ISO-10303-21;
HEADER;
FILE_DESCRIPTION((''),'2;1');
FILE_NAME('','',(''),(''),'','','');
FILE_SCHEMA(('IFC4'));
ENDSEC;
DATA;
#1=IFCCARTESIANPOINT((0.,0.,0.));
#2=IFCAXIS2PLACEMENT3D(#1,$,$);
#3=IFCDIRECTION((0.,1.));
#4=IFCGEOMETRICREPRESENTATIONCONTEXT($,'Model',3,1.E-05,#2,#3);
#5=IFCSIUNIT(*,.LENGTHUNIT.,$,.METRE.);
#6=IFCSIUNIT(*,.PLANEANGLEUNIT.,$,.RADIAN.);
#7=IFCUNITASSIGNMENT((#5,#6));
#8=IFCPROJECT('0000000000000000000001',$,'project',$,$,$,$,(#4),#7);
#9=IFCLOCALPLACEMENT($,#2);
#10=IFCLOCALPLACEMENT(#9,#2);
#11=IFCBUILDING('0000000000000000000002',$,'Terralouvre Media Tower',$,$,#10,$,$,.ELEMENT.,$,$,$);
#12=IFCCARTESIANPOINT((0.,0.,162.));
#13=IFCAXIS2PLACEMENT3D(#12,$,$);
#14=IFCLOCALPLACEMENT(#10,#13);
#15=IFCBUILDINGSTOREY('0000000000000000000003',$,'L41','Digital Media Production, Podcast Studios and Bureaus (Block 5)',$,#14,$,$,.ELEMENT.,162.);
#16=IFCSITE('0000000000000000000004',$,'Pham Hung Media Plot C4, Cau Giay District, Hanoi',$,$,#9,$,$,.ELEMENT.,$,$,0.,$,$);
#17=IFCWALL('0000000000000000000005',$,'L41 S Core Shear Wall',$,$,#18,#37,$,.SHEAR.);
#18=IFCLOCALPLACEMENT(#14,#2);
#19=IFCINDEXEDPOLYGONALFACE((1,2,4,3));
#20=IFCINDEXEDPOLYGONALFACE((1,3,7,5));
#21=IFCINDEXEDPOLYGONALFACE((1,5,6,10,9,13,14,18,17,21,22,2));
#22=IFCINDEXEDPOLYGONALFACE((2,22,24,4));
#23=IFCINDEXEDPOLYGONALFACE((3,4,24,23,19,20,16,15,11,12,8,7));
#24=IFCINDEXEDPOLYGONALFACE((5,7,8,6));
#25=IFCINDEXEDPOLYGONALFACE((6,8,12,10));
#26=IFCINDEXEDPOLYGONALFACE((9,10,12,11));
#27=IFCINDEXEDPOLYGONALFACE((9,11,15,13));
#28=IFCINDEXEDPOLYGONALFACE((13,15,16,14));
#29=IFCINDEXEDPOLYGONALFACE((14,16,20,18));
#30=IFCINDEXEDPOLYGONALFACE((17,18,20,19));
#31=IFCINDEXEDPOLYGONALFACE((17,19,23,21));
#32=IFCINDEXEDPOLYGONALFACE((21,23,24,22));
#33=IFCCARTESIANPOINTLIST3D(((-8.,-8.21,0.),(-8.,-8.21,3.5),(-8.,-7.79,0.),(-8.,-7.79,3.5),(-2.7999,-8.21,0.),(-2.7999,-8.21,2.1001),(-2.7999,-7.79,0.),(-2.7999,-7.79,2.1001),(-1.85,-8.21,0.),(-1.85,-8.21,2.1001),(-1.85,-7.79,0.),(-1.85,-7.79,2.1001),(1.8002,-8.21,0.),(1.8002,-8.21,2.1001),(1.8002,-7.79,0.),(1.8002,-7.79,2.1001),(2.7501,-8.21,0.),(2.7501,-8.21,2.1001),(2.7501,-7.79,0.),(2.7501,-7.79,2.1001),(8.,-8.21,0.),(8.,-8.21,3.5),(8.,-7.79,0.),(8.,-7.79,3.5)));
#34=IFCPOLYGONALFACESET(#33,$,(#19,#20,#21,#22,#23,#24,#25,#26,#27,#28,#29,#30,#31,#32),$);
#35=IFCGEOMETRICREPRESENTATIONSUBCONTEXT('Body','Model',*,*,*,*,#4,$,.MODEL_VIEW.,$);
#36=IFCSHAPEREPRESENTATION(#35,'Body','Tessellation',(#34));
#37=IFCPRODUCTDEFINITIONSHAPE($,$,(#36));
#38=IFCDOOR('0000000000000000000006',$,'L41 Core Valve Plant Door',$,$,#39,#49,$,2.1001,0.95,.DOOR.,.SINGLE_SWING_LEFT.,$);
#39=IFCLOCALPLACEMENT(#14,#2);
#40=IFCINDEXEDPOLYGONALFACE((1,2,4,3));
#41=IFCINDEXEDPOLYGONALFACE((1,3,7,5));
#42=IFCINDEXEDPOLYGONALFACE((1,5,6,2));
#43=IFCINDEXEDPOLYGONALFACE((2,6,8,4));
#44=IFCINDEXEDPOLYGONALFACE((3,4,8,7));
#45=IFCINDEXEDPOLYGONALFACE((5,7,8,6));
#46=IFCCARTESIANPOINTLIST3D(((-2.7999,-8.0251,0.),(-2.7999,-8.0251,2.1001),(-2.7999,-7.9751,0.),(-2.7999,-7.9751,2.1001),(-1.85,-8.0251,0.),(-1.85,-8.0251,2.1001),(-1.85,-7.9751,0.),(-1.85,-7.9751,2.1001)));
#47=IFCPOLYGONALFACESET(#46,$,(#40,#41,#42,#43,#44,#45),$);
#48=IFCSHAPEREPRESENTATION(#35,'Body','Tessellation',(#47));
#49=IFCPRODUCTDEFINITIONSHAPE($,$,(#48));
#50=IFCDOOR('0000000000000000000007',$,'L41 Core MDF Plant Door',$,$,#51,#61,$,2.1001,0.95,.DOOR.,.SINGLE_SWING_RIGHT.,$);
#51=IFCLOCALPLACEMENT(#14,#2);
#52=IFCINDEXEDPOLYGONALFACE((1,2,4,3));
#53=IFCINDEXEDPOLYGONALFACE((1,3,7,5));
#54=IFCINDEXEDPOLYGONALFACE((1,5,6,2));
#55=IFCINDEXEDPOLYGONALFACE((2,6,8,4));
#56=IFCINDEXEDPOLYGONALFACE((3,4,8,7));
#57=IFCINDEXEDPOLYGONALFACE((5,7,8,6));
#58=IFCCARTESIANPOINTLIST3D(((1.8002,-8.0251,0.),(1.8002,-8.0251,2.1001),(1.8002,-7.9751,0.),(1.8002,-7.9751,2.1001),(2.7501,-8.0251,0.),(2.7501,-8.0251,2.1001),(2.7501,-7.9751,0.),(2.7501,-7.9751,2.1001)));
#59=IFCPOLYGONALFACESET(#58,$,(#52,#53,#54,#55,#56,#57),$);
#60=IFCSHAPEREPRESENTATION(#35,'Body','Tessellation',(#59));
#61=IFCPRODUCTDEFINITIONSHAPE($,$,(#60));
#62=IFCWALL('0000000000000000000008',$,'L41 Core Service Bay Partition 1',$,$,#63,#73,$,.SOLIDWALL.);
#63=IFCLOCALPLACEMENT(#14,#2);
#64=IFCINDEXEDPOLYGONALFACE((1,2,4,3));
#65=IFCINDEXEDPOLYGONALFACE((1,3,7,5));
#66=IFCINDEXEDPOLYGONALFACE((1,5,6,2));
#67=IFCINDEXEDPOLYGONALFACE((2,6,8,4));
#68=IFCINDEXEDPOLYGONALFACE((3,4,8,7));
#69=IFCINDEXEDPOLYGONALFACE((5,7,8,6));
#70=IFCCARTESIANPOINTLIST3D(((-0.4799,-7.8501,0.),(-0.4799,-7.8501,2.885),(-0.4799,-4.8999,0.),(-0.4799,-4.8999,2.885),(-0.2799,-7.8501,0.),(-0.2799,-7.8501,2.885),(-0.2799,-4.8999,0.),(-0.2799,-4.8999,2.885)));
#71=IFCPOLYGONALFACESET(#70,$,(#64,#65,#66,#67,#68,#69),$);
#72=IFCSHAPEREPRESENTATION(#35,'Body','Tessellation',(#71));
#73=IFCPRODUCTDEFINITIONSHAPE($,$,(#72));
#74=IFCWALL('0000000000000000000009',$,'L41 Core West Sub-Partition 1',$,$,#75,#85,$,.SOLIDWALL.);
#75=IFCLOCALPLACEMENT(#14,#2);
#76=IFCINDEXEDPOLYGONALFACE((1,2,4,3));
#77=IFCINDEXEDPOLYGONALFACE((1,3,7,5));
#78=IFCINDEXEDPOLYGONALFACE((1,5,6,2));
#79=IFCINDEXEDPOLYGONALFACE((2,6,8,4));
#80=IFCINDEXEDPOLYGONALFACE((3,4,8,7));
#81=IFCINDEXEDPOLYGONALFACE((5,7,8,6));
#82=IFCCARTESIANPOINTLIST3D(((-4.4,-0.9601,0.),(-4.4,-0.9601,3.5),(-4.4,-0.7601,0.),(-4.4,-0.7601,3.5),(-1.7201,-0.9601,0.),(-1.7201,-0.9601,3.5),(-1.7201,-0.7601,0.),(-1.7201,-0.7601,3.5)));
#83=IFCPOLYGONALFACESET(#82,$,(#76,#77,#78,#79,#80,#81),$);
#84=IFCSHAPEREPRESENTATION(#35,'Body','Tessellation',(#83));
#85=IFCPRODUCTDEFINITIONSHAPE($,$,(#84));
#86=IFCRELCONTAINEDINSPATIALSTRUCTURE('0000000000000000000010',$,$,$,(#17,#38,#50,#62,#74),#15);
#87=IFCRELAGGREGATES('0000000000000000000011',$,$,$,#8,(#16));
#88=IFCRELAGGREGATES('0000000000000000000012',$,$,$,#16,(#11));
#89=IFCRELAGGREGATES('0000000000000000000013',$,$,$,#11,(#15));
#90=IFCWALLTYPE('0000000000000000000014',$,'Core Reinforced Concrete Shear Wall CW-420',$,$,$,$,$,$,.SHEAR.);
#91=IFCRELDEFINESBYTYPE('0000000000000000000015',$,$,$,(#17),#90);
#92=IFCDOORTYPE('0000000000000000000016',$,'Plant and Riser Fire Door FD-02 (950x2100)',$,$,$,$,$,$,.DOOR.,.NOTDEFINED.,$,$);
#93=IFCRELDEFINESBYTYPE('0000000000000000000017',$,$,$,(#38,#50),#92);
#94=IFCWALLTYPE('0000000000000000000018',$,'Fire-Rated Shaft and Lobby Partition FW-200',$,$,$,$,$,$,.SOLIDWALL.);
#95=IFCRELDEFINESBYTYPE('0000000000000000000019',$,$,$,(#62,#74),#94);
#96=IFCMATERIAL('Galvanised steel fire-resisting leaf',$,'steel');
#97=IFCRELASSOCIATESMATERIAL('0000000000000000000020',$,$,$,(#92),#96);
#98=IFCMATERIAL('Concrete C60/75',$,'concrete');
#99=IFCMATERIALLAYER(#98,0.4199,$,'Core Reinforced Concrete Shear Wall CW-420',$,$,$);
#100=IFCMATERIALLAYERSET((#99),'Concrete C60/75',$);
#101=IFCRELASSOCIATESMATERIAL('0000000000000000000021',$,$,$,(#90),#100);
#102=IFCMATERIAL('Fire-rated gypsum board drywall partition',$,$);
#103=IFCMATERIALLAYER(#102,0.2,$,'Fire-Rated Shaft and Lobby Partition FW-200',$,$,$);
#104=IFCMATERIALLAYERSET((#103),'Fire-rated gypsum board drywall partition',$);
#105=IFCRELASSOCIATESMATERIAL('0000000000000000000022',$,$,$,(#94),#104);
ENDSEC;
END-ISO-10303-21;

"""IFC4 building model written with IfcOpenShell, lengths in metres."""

from ifc_helpers import new_model, si_unit, direction, frame, frame_2d, origin, place, context, subcontext, project, spatial, rectangle, extrude, material, layer, layer_set, type_object, element, fill, save


model = new_model("IFC4")

# Units and contexts
model_context = context("Model", 3, precision=1e-05, world=origin(), true_north=direction((0.0, 1.0)))
body_context = subcontext(model_context, "Body", "Model", "MODEL_VIEW")
ifc_project = project(units=[si_unit("LENGTHUNIT", "METRE"), si_unit("PLANEANGLEUNIT", "RADIAN")], contexts=[model_context])

# Site, building, storey
site_placement = place(None, origin())
site = spatial("IfcSite", under=ifc_project, at=site_placement, Name="Pham Hung Media Plot C4, Cau Giay District, Hanoi", CompositionType="ELEMENT", RefElevation=0.0)
building_placement = place(site_placement, origin())
building = spatial("IfcBuilding", under=site, at=building_placement, Name="Terralouvre Media Tower", CompositionType="ELEMENT")
storey_placement = place(building_placement, frame((0.0, 0.0, 162.0)))
storey = spatial("IfcBuildingStorey", under=building, at=storey_placement, Name="L41", Description="Digital Media Production, Podcast Studios and Bureaus (Block 5)", CompositionType="ELEMENT", Elevation=162.0)

# Wall, openings, doors
ifc_material_1 = material(Name="Galvanised steel fire-resisting leaf", Category="steel")
door_type_1 = type_object("IfcDoorType", Name="Plant and Riser Fire Door FD-02 (950x2100)", OperationType="NOTDEFINED", PredefinedType="DOOR", material=ifc_material_1)
ifc_material_2 = material(Name="Concrete C60/75", Category="concrete")
ifc_layer_1 = layer(ifc_material_2, 0.4199, Name="Core Reinforced Concrete Shear Wall CW-420")
ifc_layer_set_1 = layer_set([ifc_layer_1], Name="Concrete C60/75")
wall_type_1 = type_object("IfcWallType", Name="Core Reinforced Concrete Shear Wall CW-420", PredefinedType="SHEAR", material=ifc_layer_set_1)
wall_1_placement = place(storey_placement, frame((-8.0, -8.0, 0.0), z_axis=(0.0, 0.0, 1.0), x_axis=(1.0, 0.0, 0.0)))
wall_1 = element("IfcWall", 1, at=wall_1_placement, inside=storey, type_object=wall_type_1, Name="L41 S Core Shear Wall", PredefinedType="SHEAR", context=body_context, shape_type="SweptSolid", body=[
    extrude(rectangle(XDim=16.0, YDim=0.4199, at=frame_2d((8.0, 0.0))), origin(), (0.0, 0.0, 1.0), 3.5),
])
opening_1_placement = place(wall_1_placement, frame((5.2, 0.0, 0.0)))
opening_1 = element("IfcOpeningElement", 2, at=opening_1_placement, cuts=wall_1, PredefinedType="OPENING", context=body_context, shape_type="SweptSolid", body=[
    extrude(rectangle(XDim=0.95, YDim=2.1001, at=frame_2d((0.4751, 1.05))), frame((0.0, 0.22, 0.0), z_axis=(0.0, -1.0, 0.0), x_axis=(1.0, 0.0, 0.0)), (0.0, 0.0, 1.0), 0.4399),
])
opening_2_placement = place(wall_1_placement, frame((9.8, 0.0, 0.0)))
opening_2 = element("IfcOpeningElement", 3, at=opening_2_placement, cuts=wall_1, PredefinedType="OPENING", context=body_context, shape_type="SweptSolid", body=[
    extrude(rectangle(XDim=0.95, YDim=2.1001, at=frame_2d((0.4751, 1.05))), frame((0.0, 0.22, 0.0), z_axis=(0.0, -1.0, 0.0), x_axis=(1.0, 0.0, 0.0)), (0.0, 0.0, 1.0), 0.4399),
])
door_1_placement = place(opening_1_placement, origin())
door_1 = element("IfcDoor", 4, at=door_1_placement, inside=storey, type_object=door_type_1, Name="L41 Core Valve Plant Door", OperationType="SINGLE_SWING_LEFT", OverallHeight=2.1001, OverallWidth=0.95, PredefinedType="DOOR", context=body_context, shape_type="SweptSolid", body=[
    extrude(rectangle(XDim=0.95, YDim=2.1001, at=frame_2d((0.4751, 1.05))), frame((0.0, 0.0249, 0.0), z_axis=(0.0, -1.0, 0.0), x_axis=(1.0, 0.0, 0.0)), (0.0, 0.0, 1.0), 0.05),
])
fill(opening_1, door_1)
door_2_placement = place(opening_2_placement, origin())
door_2 = element("IfcDoor", 5, at=door_2_placement, inside=storey, type_object=door_type_1, Name="L41 Core MDF Plant Door", OperationType="SINGLE_SWING_RIGHT", OverallHeight=2.1001, OverallWidth=0.95, PredefinedType="DOOR", context=body_context, shape_type="SweptSolid", body=[
    extrude(rectangle(XDim=0.95, YDim=2.1001, at=frame_2d((0.4751, 1.05))), frame((0.0, 0.0249, 0.0), z_axis=(0.0, -1.0, 0.0), x_axis=(1.0, 0.0, 0.0)), (0.0, 0.0, 1.0), 0.05),
])
fill(opening_2, door_2)

# Walls
ifc_material_3 = material(Name="Fire-rated gypsum board drywall partition")
ifc_layer_2 = layer(ifc_material_3, 0.2, Name="Fire-Rated Shaft and Lobby Partition FW-200")
ifc_layer_set_2 = layer_set([ifc_layer_2], Name="Fire-rated gypsum board drywall partition")
wall_type_2 = type_object("IfcWallType", Name="Fire-Rated Shaft and Lobby Partition FW-200", PredefinedType="SOLIDWALL", material=ifc_layer_set_2)
wall_2_placement = place(storey_placement, frame((-0.3799, -7.8501, 0.0), z_axis=(0.0, 0.0, 1.0), x_axis=(0.0, 1.0, 0.0)))
element("IfcWall", 6, at=wall_2_placement, inside=storey, type_object=wall_type_2, Name="L41 Core Service Bay Partition 1", PredefinedType="SOLIDWALL", context=body_context, shape_type="SweptSolid", body=[
    extrude(rectangle(XDim=2.9502, YDim=0.2, at=frame_2d((1.4751, 0.0))), origin(), (0.0, 0.0, 1.0), 2.885),
])
wall_3_placement = place(storey_placement, frame((-4.3999, -0.8601, 0.0), z_axis=(0.0, 0.0, 1.0), x_axis=(1.0, 0.0, 0.0)))
element("IfcWall", 7, at=wall_3_placement, inside=storey, type_object=wall_type_2, Name="L41 Core West Sub-Partition 1", PredefinedType="SOLIDWALL", context=body_context, shape_type="SweptSolid", body=[
    extrude(rectangle(XDim=2.6799, YDim=0.2, at=frame_2d((1.3398, 0.0))), origin(), (0.0, 0.0, 1.0), 3.5),
])

save(model, "model.ifc")
